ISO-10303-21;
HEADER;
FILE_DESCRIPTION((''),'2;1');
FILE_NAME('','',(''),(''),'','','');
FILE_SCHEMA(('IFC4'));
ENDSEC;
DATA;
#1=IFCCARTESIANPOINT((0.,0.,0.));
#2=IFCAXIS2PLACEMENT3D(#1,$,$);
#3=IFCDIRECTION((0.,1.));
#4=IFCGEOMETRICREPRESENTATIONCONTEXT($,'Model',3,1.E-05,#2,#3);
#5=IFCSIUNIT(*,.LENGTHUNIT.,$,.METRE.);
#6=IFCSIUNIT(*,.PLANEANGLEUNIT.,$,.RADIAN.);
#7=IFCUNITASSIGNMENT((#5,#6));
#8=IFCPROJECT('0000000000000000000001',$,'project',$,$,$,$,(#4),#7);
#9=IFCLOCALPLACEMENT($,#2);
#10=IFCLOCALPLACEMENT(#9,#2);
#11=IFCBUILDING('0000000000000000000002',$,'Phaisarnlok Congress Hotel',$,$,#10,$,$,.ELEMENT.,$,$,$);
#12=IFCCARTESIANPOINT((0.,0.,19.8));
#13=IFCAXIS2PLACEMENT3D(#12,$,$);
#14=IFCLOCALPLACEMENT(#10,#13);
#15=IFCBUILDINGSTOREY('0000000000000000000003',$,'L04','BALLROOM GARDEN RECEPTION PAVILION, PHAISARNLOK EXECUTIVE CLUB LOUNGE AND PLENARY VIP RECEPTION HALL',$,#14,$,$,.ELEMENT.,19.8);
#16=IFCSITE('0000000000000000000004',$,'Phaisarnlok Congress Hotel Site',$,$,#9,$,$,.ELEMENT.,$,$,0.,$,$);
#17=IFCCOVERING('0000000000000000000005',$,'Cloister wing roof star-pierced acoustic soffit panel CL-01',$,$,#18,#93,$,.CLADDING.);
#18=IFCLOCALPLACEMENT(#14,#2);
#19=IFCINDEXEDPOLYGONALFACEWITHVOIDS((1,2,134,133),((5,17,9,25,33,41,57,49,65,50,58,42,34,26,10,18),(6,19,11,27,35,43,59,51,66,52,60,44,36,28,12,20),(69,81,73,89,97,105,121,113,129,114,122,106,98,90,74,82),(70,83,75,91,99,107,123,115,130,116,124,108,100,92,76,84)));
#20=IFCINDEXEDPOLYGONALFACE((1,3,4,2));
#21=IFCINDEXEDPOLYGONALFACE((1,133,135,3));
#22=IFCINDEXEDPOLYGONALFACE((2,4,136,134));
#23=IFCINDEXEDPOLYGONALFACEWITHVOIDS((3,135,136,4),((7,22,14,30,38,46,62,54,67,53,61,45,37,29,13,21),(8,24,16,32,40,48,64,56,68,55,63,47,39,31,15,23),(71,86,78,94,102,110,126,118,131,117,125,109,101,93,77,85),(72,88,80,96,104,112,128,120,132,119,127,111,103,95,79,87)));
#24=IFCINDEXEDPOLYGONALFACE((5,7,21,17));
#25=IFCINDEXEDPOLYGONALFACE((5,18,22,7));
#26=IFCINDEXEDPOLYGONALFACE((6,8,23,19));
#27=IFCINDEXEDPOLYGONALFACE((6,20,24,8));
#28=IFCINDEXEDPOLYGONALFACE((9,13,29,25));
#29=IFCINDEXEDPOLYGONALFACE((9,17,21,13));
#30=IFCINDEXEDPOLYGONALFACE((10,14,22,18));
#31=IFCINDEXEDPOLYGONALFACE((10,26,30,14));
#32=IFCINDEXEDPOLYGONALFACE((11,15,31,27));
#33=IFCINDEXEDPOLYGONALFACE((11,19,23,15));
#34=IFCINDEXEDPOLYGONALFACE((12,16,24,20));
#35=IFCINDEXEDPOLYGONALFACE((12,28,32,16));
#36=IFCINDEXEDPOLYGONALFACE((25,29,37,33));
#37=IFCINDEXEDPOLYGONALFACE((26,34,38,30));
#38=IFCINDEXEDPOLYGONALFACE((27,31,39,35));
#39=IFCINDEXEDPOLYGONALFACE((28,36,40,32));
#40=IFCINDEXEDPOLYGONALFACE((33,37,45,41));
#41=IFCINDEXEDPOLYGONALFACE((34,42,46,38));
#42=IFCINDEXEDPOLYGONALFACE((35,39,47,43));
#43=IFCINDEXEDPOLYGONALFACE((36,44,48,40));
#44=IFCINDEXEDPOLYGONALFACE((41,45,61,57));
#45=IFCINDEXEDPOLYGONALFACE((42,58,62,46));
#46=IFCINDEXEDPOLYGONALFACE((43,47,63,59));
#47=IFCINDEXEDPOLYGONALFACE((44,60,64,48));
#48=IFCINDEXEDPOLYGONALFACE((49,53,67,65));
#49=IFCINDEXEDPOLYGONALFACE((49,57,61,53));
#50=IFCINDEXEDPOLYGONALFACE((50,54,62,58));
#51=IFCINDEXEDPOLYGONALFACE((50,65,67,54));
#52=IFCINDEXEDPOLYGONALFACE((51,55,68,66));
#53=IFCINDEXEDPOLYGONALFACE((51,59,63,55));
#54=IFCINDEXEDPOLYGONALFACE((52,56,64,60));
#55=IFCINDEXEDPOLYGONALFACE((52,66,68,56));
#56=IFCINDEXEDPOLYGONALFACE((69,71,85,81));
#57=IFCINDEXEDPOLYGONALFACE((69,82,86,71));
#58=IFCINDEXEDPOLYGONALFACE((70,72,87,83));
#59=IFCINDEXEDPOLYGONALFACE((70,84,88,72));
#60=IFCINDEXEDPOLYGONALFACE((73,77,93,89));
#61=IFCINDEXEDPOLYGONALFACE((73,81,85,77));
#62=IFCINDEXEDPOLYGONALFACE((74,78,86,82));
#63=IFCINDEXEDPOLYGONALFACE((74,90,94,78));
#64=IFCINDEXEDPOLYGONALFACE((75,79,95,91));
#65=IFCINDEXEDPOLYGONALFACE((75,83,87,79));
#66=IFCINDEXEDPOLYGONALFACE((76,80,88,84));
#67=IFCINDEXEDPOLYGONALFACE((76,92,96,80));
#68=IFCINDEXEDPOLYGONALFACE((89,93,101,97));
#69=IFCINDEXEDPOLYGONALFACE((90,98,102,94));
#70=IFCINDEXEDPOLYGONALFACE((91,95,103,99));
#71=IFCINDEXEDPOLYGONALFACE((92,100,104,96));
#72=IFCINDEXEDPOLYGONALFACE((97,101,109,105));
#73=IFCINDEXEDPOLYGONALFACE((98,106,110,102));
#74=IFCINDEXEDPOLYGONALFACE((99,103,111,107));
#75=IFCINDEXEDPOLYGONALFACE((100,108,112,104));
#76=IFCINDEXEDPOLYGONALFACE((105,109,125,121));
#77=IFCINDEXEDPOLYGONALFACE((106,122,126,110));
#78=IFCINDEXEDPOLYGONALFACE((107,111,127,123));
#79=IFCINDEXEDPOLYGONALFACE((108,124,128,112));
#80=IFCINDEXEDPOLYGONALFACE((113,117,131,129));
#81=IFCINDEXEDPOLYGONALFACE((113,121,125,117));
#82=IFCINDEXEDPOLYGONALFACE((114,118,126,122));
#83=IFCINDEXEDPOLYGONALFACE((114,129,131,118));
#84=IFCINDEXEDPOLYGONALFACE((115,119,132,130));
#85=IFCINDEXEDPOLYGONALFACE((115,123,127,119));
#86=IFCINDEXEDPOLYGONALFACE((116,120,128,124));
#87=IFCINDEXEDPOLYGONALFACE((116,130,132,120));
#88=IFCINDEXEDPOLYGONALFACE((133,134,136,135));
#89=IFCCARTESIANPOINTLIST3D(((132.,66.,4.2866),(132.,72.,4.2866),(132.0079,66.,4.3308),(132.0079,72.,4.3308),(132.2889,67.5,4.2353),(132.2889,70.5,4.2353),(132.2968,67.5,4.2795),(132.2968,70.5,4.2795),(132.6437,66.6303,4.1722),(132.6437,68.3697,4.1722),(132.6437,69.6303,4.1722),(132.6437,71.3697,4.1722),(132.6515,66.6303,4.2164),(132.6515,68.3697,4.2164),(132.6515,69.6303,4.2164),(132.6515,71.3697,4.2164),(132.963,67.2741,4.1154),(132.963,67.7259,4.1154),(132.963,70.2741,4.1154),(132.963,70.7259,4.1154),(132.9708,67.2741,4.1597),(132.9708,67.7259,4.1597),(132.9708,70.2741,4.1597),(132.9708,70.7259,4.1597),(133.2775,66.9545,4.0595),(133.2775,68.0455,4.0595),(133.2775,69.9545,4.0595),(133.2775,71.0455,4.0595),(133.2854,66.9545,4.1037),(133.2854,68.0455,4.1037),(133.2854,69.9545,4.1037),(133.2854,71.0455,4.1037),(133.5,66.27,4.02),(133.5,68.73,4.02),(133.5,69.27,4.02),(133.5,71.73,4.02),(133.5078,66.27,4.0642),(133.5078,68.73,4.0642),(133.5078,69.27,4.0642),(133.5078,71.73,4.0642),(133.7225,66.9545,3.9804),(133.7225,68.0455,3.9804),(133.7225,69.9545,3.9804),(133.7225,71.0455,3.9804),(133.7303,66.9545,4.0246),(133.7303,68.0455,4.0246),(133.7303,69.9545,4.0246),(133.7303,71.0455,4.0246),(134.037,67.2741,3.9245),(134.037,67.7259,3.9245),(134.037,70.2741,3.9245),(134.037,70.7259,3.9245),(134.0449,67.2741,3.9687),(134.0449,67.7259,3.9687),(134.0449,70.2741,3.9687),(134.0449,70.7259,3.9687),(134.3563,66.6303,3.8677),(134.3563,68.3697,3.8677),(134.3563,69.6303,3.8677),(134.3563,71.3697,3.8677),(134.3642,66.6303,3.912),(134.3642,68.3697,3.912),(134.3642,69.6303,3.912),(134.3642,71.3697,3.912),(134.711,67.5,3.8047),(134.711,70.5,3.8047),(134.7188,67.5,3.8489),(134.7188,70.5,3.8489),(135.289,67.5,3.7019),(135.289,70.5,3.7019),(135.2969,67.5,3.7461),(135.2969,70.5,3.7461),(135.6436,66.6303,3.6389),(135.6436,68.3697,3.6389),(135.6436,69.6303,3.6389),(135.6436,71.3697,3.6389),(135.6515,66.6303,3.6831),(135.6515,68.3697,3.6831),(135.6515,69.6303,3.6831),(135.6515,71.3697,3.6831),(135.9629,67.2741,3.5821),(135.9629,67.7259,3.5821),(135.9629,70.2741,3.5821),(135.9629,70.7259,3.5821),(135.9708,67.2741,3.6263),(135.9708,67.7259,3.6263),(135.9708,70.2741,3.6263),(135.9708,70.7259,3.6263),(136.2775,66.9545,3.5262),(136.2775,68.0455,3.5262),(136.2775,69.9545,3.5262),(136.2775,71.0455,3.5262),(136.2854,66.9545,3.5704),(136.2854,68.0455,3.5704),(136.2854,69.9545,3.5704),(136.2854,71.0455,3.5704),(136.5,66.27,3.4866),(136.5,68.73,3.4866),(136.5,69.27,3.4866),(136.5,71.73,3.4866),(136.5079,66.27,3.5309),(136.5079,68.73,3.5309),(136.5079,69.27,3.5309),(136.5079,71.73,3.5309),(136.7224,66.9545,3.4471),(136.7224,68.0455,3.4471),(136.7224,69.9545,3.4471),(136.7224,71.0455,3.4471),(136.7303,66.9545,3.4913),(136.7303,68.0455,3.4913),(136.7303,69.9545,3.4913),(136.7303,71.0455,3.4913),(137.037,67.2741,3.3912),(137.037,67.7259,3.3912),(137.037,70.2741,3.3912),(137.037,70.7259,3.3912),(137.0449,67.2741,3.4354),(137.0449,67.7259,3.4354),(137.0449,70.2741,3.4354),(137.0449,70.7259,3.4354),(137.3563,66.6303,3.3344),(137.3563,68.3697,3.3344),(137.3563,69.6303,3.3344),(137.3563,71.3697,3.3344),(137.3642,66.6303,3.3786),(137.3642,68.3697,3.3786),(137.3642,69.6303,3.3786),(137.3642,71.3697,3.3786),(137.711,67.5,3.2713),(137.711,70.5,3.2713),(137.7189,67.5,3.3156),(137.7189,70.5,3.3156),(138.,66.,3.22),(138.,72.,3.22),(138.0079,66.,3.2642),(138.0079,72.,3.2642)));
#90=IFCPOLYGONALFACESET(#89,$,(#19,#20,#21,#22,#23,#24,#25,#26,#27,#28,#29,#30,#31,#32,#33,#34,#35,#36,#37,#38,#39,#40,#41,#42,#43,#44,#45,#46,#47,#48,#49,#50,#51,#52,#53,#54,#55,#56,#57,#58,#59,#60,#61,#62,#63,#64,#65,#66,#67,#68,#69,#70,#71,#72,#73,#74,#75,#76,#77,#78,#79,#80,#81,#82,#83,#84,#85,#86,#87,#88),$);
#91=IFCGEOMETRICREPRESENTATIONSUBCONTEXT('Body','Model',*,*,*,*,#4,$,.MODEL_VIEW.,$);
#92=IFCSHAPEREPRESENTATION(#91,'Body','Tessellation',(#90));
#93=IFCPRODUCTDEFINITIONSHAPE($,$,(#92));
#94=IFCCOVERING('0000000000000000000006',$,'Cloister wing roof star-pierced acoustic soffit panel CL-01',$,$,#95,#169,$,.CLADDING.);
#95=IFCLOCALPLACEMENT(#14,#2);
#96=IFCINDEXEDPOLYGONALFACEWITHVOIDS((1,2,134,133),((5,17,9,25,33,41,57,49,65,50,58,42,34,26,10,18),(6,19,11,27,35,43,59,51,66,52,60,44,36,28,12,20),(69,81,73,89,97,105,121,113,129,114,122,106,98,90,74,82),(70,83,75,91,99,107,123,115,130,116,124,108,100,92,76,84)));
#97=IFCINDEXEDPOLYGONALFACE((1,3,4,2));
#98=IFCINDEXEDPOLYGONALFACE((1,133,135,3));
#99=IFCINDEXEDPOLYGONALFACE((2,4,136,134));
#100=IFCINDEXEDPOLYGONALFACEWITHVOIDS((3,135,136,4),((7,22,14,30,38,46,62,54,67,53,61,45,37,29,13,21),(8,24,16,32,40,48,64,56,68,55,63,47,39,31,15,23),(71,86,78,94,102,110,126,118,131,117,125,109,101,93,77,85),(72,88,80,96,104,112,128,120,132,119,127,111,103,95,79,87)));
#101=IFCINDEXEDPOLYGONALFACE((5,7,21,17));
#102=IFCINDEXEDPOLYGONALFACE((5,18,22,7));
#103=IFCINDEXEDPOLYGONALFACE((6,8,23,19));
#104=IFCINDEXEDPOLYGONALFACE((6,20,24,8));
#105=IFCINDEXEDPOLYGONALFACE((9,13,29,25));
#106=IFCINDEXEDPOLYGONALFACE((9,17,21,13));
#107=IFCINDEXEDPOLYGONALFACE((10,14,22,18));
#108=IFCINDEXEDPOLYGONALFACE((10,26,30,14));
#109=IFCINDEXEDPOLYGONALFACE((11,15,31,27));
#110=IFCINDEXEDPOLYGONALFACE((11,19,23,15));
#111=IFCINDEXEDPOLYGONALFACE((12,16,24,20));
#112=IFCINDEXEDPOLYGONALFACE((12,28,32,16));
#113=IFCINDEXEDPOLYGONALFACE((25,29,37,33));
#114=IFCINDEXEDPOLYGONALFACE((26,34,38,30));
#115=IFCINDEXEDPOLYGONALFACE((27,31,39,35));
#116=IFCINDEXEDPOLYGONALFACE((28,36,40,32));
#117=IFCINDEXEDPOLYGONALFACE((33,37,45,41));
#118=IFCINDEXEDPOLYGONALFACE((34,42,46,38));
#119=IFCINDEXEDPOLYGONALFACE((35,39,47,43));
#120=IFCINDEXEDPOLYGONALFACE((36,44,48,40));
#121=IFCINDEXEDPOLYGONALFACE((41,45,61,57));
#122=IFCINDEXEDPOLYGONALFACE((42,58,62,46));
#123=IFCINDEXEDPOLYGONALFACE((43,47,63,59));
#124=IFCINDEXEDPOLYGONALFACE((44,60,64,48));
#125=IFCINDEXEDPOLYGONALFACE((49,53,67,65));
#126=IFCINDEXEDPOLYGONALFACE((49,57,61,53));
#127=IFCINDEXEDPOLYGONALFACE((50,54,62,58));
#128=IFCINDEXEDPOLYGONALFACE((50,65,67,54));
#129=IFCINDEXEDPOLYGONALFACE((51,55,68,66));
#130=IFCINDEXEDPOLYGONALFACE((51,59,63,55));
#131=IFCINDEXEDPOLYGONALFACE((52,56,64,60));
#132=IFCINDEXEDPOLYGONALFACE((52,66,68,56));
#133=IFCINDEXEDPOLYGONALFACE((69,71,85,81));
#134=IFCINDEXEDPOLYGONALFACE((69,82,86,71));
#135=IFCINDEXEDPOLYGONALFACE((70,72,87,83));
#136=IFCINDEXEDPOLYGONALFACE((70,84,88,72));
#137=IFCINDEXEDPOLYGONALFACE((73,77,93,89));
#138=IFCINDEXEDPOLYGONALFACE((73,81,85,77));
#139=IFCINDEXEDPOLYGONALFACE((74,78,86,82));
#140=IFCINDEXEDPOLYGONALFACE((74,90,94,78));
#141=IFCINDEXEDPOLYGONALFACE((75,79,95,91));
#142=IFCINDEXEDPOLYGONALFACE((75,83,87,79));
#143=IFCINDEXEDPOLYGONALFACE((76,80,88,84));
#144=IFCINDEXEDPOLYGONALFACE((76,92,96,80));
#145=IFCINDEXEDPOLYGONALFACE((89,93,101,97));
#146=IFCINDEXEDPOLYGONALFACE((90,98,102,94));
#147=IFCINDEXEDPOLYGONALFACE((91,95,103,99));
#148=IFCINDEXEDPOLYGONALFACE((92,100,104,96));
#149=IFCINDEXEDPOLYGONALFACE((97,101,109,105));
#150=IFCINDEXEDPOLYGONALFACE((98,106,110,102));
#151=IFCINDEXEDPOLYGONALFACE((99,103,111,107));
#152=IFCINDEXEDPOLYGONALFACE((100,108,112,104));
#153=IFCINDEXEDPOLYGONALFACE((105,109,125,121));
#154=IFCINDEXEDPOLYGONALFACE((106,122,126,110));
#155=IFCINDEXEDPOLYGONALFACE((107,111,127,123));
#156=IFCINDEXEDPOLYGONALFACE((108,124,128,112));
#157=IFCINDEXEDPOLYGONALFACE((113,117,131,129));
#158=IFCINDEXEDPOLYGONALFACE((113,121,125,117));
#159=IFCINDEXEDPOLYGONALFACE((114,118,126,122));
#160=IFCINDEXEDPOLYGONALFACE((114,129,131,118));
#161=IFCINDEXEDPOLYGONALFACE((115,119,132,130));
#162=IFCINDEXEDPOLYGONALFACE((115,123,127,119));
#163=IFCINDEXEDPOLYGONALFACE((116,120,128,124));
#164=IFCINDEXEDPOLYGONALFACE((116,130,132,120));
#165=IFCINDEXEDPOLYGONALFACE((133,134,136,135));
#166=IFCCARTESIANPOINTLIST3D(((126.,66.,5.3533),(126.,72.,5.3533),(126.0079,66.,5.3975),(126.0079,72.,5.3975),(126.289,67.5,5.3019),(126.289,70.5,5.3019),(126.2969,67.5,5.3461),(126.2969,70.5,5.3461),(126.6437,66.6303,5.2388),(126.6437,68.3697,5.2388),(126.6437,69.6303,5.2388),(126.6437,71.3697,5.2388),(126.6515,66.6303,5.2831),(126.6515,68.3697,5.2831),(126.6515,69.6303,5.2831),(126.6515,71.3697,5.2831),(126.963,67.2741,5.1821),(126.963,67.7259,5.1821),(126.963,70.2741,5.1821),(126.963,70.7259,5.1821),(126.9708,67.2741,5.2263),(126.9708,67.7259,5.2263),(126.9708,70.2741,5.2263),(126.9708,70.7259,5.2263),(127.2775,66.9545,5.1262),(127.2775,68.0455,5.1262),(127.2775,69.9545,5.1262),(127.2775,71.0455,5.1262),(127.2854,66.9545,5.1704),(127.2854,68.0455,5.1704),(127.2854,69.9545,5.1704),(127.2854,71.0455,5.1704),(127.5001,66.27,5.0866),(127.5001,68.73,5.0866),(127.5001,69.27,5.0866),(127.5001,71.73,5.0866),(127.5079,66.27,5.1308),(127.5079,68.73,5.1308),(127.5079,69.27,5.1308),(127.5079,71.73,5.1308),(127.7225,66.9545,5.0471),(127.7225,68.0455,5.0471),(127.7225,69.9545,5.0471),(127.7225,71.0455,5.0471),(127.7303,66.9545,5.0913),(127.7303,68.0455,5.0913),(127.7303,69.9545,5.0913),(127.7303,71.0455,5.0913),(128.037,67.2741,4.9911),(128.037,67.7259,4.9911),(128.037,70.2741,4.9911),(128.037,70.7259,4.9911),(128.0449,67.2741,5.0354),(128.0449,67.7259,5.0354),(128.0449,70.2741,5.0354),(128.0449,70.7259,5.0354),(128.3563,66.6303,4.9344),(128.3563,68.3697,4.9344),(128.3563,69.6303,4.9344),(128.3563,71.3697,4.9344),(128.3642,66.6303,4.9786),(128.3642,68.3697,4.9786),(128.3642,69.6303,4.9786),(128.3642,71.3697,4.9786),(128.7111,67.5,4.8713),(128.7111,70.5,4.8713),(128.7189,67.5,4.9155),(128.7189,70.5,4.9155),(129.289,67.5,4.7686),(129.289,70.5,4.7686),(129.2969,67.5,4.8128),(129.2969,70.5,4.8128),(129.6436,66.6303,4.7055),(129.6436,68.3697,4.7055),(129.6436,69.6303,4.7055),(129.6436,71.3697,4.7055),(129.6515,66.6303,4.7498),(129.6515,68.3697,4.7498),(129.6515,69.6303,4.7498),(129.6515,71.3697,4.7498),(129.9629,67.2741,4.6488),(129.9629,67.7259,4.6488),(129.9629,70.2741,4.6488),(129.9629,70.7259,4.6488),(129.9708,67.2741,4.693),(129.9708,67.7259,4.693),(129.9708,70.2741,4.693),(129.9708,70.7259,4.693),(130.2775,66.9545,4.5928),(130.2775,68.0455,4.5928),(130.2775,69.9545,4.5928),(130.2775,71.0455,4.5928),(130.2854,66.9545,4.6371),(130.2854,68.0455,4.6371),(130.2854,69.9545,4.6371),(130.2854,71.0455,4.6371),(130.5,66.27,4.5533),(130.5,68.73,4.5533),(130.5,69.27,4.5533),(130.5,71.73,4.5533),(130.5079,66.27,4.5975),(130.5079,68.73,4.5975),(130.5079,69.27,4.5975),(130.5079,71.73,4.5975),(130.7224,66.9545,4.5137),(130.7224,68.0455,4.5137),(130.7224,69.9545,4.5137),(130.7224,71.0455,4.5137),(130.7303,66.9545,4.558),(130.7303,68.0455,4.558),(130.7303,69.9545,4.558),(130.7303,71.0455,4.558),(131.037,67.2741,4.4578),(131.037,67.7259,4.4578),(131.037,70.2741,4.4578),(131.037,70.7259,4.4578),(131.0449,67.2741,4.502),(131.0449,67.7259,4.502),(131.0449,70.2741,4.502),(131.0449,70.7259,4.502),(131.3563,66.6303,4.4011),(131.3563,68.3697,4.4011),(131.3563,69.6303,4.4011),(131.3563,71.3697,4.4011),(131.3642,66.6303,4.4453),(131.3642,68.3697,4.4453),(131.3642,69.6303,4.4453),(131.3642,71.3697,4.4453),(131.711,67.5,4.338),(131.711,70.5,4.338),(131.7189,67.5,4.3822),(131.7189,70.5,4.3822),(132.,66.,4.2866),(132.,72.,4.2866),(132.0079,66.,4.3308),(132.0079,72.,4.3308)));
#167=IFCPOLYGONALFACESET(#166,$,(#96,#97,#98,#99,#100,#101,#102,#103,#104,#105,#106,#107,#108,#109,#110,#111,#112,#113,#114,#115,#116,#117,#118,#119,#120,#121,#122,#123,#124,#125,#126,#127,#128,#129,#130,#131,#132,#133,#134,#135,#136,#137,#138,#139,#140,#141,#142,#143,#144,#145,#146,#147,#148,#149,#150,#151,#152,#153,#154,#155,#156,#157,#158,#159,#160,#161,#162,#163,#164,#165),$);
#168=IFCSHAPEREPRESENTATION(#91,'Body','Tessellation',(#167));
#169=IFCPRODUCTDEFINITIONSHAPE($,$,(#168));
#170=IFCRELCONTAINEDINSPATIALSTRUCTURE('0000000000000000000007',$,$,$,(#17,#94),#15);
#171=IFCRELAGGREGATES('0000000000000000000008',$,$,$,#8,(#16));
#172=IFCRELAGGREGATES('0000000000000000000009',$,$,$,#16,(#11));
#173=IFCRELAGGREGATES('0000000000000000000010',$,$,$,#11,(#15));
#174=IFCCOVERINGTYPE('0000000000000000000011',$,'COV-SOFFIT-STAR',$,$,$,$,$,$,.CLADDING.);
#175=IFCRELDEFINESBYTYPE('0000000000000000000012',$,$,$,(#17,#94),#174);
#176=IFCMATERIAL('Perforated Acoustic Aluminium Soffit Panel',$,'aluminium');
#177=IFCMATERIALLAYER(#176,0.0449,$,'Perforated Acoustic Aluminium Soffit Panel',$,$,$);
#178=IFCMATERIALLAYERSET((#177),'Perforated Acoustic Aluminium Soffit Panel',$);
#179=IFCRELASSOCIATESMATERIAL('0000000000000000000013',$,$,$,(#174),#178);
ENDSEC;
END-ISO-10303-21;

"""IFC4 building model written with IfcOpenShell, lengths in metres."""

from ifc_helpers import new_model, si_unit, direction, frame, origin, place, context, subcontext, project, spatial, polyline, outline, extrude, material, layer, layer_set, type_object, element, save


model = new_model("IFC4")

# Units and contexts
model_context = context("Model", 3, precision=1e-05, world=origin(), true_north=direction((0.0, 1.0)))
body_context = subcontext(model_context, "Body", "Model", "MODEL_VIEW")
ifc_project = project(units=[si_unit("LENGTHUNIT", "METRE"), si_unit("PLANEANGLEUNIT", "RADIAN")], contexts=[model_context])

# Site, building, storey
site_placement = place(None, origin())
site = spatial("IfcSite", under=ifc_project, at=site_placement, Name="Phaisarnlok Congress Hotel Site", CompositionType="ELEMENT", RefElevation=0.0)
building_placement = place(site_placement, origin())
building = spatial("IfcBuilding", under=site, at=building_placement, Name="Phaisarnlok Congress Hotel", CompositionType="ELEMENT")
storey_placement = place(building_placement, frame((0.0, 0.0, 19.8)))
storey = spatial("IfcBuildingStorey", under=building, at=storey_placement, Name="L04", Description="BALLROOM GARDEN RECEPTION PAVILION, PHAISARNLOK EXECUTIVE CLUB LOUNGE AND PLENARY VIP RECEPTION HALL", CompositionType="ELEMENT", Elevation=19.8)

# Coverings
ifc_material_1 = material(Name="Perforated Acoustic Aluminium Soffit Panel", Category="aluminium")
ifc_layer_1 = layer(ifc_material_1, 0.0449, Name="Perforated Acoustic Aluminium Soffit Panel")
ifc_layer_set_1 = layer_set([ifc_layer_1], Name="Perforated Acoustic Aluminium Soffit Panel")
covering_type = type_object("IfcCoveringType", Name="COV-SOFFIT-STAR", PredefinedType="CLADDING", material=ifc_layer_set_1)
covering_1_placement = place(storey_placement, frame((138.0, 66.0, 3.22), z_axis=(0.175031, 0.0, 0.984563), x_axis=(0.0, 1.0, 0.0)))
element("IfcCovering", 1, at=covering_1_placement, inside=storey, type_object=covering_type, Name="Cloister wing roof star-pierced acoustic soffit panel CL-01", PredefinedType="CLADDING", context=body_context, shape_type="SweptSolid", body=[
    extrude(outline(polyline([(0.0, 0.0), (6.0, 0.0), (6.0, 6.0941), (0.0, 6.0941), (0.0, 0.0)]), holes=[polyline([(2.0455, 1.2976), (2.3697, 0.6538), (1.7259, 0.9781), (1.5, 0.2935), (1.2741, 0.9781), (0.6303, 0.6538), (0.9545, 1.2976), (0.27, 1.5235), (0.9545, 1.7495), (0.6303, 2.3933), (1.2741, 2.069), (1.5, 2.7535), (1.7259, 2.069), (2.3697, 2.3933), (2.0455, 1.7495), (2.73, 1.5235), (2.0455, 1.2976)]), polyline([(2.0455, 4.3446), (2.3697, 3.7008), (1.7259, 4.0251), (1.5, 3.3406), (1.2741, 4.0251), (0.6303, 3.7008), (0.9545, 4.3446), (0.27, 4.5706), (0.9545, 4.7965), (0.6303, 5.4403), (1.2741, 5.116), (1.5, 5.8006), (1.7259, 5.116), (2.3697, 5.4403), (2.0455, 4.7965), (2.73, 4.5706), (2.0455, 4.3446)]), polyline([(5.0455, 1.2976), (5.3697, 0.6538), (4.7259, 0.9781), (4.5, 0.2935), (4.2741, 0.9781), (3.6303, 0.6538), (3.9545, 1.2976), (3.27, 1.5235), (3.9545, 1.7495), (3.6303, 2.3933), (4.2741, 2.069), (4.5, 2.7535), (4.7259, 2.069), (5.3697, 2.3933), (5.0455, 1.7495), (5.73, 1.5235), (5.0455, 1.2976)]), polyline([(5.0455, 4.3446), (5.3697, 3.7008), (4.7259, 4.0251), (4.5, 3.3406), (4.2741, 4.0251), (3.6303, 3.7008), (3.9545, 4.3446), (3.27, 4.5706), (3.9545, 4.7965), (3.6303, 5.4403), (4.2741, 5.116), (4.5, 5.8006), (4.7259, 5.116), (5.3697, 5.4403), (5.0455, 4.7965), (5.73, 4.5706), (5.0455, 4.3446)])]), origin(), (0.0, 0.0, 1.0), 0.0449),
])
covering_2_placement = place(storey_placement, frame((132.0, 66.0, 4.2866), z_axis=(0.175031, 0.0, 0.984563), x_axis=(0.0, 1.0, 0.0)))
element("IfcCovering", 2, at=covering_2_placement, inside=storey, type_object=covering_type, Name="Cloister wing roof star-pierced acoustic soffit panel CL-01", PredefinedType="CLADDING", context=body_context, shape_type="SweptSolid", body=[
    extrude(outline(polyline([(0.0, 0.0), (6.0, 0.0), (6.0, 6.0941), (0.0, 6.0941), (0.0, 0.0)]), holes=[polyline([(2.0455, 1.2976), (2.3697, 0.6538), (1.7259, 0.9781), (1.5, 0.2935), (1.2741, 0.9781), (0.6303, 0.6538), (0.9545, 1.2976), (0.27, 1.5235), (0.9545, 1.7495), (0.6303, 2.3933), (1.2741, 2.069), (1.5, 2.7535), (1.7259, 2.069), (2.3697, 2.3933), (2.0455, 1.7495), (2.73, 1.5235), (2.0455, 1.2976)]), polyline([(2.0455, 4.3446), (2.3697, 3.7008), (1.7259, 4.0251), (1.5, 3.3405), (1.2741, 4.0251), (0.6303, 3.7008), (0.9545, 4.3446), (0.27, 4.5705), (0.9545, 4.7965), (0.6303, 5.4403), (1.2741, 5.116), (1.5, 5.8005), (1.7259, 5.116), (2.3697, 5.4403), (2.0455, 4.7965), (2.73, 4.5705), (2.0455, 4.3446)]), polyline([(5.0455, 1.2976), (5.3697, 0.6538), (4.7259, 0.9781), (4.5, 0.2935), (4.2741, 0.9781), (3.6303, 0.6538), (3.9545, 1.2976), (3.27, 1.5235), (3.9545, 1.7495), (3.6303, 2.3933), (4.2741, 2.069), (4.5, 2.7535), (4.7259, 2.069), (5.3697, 2.3933), (5.0455, 1.7495), (5.73, 1.5235), (5.0455, 1.2976)]), polyline([(5.0455, 4.3446), (5.3697, 3.7008), (4.7259, 4.0251), (4.5, 3.3405), (4.2741, 4.0251), (3.6303, 3.7008), (3.9545, 4.3446), (3.27, 4.5705), (3.9545, 4.7965), (3.6303, 5.4403), (4.2741, 5.116), (4.5, 5.8005), (4.7259, 5.116), (5.3697, 5.4403), (5.0455, 4.7965), (5.73, 4.5705), (5.0455, 4.3446)])]), origin(), (0.0, 0.0, 1.0), 0.0449),
])

save(model, "model.ifc")
